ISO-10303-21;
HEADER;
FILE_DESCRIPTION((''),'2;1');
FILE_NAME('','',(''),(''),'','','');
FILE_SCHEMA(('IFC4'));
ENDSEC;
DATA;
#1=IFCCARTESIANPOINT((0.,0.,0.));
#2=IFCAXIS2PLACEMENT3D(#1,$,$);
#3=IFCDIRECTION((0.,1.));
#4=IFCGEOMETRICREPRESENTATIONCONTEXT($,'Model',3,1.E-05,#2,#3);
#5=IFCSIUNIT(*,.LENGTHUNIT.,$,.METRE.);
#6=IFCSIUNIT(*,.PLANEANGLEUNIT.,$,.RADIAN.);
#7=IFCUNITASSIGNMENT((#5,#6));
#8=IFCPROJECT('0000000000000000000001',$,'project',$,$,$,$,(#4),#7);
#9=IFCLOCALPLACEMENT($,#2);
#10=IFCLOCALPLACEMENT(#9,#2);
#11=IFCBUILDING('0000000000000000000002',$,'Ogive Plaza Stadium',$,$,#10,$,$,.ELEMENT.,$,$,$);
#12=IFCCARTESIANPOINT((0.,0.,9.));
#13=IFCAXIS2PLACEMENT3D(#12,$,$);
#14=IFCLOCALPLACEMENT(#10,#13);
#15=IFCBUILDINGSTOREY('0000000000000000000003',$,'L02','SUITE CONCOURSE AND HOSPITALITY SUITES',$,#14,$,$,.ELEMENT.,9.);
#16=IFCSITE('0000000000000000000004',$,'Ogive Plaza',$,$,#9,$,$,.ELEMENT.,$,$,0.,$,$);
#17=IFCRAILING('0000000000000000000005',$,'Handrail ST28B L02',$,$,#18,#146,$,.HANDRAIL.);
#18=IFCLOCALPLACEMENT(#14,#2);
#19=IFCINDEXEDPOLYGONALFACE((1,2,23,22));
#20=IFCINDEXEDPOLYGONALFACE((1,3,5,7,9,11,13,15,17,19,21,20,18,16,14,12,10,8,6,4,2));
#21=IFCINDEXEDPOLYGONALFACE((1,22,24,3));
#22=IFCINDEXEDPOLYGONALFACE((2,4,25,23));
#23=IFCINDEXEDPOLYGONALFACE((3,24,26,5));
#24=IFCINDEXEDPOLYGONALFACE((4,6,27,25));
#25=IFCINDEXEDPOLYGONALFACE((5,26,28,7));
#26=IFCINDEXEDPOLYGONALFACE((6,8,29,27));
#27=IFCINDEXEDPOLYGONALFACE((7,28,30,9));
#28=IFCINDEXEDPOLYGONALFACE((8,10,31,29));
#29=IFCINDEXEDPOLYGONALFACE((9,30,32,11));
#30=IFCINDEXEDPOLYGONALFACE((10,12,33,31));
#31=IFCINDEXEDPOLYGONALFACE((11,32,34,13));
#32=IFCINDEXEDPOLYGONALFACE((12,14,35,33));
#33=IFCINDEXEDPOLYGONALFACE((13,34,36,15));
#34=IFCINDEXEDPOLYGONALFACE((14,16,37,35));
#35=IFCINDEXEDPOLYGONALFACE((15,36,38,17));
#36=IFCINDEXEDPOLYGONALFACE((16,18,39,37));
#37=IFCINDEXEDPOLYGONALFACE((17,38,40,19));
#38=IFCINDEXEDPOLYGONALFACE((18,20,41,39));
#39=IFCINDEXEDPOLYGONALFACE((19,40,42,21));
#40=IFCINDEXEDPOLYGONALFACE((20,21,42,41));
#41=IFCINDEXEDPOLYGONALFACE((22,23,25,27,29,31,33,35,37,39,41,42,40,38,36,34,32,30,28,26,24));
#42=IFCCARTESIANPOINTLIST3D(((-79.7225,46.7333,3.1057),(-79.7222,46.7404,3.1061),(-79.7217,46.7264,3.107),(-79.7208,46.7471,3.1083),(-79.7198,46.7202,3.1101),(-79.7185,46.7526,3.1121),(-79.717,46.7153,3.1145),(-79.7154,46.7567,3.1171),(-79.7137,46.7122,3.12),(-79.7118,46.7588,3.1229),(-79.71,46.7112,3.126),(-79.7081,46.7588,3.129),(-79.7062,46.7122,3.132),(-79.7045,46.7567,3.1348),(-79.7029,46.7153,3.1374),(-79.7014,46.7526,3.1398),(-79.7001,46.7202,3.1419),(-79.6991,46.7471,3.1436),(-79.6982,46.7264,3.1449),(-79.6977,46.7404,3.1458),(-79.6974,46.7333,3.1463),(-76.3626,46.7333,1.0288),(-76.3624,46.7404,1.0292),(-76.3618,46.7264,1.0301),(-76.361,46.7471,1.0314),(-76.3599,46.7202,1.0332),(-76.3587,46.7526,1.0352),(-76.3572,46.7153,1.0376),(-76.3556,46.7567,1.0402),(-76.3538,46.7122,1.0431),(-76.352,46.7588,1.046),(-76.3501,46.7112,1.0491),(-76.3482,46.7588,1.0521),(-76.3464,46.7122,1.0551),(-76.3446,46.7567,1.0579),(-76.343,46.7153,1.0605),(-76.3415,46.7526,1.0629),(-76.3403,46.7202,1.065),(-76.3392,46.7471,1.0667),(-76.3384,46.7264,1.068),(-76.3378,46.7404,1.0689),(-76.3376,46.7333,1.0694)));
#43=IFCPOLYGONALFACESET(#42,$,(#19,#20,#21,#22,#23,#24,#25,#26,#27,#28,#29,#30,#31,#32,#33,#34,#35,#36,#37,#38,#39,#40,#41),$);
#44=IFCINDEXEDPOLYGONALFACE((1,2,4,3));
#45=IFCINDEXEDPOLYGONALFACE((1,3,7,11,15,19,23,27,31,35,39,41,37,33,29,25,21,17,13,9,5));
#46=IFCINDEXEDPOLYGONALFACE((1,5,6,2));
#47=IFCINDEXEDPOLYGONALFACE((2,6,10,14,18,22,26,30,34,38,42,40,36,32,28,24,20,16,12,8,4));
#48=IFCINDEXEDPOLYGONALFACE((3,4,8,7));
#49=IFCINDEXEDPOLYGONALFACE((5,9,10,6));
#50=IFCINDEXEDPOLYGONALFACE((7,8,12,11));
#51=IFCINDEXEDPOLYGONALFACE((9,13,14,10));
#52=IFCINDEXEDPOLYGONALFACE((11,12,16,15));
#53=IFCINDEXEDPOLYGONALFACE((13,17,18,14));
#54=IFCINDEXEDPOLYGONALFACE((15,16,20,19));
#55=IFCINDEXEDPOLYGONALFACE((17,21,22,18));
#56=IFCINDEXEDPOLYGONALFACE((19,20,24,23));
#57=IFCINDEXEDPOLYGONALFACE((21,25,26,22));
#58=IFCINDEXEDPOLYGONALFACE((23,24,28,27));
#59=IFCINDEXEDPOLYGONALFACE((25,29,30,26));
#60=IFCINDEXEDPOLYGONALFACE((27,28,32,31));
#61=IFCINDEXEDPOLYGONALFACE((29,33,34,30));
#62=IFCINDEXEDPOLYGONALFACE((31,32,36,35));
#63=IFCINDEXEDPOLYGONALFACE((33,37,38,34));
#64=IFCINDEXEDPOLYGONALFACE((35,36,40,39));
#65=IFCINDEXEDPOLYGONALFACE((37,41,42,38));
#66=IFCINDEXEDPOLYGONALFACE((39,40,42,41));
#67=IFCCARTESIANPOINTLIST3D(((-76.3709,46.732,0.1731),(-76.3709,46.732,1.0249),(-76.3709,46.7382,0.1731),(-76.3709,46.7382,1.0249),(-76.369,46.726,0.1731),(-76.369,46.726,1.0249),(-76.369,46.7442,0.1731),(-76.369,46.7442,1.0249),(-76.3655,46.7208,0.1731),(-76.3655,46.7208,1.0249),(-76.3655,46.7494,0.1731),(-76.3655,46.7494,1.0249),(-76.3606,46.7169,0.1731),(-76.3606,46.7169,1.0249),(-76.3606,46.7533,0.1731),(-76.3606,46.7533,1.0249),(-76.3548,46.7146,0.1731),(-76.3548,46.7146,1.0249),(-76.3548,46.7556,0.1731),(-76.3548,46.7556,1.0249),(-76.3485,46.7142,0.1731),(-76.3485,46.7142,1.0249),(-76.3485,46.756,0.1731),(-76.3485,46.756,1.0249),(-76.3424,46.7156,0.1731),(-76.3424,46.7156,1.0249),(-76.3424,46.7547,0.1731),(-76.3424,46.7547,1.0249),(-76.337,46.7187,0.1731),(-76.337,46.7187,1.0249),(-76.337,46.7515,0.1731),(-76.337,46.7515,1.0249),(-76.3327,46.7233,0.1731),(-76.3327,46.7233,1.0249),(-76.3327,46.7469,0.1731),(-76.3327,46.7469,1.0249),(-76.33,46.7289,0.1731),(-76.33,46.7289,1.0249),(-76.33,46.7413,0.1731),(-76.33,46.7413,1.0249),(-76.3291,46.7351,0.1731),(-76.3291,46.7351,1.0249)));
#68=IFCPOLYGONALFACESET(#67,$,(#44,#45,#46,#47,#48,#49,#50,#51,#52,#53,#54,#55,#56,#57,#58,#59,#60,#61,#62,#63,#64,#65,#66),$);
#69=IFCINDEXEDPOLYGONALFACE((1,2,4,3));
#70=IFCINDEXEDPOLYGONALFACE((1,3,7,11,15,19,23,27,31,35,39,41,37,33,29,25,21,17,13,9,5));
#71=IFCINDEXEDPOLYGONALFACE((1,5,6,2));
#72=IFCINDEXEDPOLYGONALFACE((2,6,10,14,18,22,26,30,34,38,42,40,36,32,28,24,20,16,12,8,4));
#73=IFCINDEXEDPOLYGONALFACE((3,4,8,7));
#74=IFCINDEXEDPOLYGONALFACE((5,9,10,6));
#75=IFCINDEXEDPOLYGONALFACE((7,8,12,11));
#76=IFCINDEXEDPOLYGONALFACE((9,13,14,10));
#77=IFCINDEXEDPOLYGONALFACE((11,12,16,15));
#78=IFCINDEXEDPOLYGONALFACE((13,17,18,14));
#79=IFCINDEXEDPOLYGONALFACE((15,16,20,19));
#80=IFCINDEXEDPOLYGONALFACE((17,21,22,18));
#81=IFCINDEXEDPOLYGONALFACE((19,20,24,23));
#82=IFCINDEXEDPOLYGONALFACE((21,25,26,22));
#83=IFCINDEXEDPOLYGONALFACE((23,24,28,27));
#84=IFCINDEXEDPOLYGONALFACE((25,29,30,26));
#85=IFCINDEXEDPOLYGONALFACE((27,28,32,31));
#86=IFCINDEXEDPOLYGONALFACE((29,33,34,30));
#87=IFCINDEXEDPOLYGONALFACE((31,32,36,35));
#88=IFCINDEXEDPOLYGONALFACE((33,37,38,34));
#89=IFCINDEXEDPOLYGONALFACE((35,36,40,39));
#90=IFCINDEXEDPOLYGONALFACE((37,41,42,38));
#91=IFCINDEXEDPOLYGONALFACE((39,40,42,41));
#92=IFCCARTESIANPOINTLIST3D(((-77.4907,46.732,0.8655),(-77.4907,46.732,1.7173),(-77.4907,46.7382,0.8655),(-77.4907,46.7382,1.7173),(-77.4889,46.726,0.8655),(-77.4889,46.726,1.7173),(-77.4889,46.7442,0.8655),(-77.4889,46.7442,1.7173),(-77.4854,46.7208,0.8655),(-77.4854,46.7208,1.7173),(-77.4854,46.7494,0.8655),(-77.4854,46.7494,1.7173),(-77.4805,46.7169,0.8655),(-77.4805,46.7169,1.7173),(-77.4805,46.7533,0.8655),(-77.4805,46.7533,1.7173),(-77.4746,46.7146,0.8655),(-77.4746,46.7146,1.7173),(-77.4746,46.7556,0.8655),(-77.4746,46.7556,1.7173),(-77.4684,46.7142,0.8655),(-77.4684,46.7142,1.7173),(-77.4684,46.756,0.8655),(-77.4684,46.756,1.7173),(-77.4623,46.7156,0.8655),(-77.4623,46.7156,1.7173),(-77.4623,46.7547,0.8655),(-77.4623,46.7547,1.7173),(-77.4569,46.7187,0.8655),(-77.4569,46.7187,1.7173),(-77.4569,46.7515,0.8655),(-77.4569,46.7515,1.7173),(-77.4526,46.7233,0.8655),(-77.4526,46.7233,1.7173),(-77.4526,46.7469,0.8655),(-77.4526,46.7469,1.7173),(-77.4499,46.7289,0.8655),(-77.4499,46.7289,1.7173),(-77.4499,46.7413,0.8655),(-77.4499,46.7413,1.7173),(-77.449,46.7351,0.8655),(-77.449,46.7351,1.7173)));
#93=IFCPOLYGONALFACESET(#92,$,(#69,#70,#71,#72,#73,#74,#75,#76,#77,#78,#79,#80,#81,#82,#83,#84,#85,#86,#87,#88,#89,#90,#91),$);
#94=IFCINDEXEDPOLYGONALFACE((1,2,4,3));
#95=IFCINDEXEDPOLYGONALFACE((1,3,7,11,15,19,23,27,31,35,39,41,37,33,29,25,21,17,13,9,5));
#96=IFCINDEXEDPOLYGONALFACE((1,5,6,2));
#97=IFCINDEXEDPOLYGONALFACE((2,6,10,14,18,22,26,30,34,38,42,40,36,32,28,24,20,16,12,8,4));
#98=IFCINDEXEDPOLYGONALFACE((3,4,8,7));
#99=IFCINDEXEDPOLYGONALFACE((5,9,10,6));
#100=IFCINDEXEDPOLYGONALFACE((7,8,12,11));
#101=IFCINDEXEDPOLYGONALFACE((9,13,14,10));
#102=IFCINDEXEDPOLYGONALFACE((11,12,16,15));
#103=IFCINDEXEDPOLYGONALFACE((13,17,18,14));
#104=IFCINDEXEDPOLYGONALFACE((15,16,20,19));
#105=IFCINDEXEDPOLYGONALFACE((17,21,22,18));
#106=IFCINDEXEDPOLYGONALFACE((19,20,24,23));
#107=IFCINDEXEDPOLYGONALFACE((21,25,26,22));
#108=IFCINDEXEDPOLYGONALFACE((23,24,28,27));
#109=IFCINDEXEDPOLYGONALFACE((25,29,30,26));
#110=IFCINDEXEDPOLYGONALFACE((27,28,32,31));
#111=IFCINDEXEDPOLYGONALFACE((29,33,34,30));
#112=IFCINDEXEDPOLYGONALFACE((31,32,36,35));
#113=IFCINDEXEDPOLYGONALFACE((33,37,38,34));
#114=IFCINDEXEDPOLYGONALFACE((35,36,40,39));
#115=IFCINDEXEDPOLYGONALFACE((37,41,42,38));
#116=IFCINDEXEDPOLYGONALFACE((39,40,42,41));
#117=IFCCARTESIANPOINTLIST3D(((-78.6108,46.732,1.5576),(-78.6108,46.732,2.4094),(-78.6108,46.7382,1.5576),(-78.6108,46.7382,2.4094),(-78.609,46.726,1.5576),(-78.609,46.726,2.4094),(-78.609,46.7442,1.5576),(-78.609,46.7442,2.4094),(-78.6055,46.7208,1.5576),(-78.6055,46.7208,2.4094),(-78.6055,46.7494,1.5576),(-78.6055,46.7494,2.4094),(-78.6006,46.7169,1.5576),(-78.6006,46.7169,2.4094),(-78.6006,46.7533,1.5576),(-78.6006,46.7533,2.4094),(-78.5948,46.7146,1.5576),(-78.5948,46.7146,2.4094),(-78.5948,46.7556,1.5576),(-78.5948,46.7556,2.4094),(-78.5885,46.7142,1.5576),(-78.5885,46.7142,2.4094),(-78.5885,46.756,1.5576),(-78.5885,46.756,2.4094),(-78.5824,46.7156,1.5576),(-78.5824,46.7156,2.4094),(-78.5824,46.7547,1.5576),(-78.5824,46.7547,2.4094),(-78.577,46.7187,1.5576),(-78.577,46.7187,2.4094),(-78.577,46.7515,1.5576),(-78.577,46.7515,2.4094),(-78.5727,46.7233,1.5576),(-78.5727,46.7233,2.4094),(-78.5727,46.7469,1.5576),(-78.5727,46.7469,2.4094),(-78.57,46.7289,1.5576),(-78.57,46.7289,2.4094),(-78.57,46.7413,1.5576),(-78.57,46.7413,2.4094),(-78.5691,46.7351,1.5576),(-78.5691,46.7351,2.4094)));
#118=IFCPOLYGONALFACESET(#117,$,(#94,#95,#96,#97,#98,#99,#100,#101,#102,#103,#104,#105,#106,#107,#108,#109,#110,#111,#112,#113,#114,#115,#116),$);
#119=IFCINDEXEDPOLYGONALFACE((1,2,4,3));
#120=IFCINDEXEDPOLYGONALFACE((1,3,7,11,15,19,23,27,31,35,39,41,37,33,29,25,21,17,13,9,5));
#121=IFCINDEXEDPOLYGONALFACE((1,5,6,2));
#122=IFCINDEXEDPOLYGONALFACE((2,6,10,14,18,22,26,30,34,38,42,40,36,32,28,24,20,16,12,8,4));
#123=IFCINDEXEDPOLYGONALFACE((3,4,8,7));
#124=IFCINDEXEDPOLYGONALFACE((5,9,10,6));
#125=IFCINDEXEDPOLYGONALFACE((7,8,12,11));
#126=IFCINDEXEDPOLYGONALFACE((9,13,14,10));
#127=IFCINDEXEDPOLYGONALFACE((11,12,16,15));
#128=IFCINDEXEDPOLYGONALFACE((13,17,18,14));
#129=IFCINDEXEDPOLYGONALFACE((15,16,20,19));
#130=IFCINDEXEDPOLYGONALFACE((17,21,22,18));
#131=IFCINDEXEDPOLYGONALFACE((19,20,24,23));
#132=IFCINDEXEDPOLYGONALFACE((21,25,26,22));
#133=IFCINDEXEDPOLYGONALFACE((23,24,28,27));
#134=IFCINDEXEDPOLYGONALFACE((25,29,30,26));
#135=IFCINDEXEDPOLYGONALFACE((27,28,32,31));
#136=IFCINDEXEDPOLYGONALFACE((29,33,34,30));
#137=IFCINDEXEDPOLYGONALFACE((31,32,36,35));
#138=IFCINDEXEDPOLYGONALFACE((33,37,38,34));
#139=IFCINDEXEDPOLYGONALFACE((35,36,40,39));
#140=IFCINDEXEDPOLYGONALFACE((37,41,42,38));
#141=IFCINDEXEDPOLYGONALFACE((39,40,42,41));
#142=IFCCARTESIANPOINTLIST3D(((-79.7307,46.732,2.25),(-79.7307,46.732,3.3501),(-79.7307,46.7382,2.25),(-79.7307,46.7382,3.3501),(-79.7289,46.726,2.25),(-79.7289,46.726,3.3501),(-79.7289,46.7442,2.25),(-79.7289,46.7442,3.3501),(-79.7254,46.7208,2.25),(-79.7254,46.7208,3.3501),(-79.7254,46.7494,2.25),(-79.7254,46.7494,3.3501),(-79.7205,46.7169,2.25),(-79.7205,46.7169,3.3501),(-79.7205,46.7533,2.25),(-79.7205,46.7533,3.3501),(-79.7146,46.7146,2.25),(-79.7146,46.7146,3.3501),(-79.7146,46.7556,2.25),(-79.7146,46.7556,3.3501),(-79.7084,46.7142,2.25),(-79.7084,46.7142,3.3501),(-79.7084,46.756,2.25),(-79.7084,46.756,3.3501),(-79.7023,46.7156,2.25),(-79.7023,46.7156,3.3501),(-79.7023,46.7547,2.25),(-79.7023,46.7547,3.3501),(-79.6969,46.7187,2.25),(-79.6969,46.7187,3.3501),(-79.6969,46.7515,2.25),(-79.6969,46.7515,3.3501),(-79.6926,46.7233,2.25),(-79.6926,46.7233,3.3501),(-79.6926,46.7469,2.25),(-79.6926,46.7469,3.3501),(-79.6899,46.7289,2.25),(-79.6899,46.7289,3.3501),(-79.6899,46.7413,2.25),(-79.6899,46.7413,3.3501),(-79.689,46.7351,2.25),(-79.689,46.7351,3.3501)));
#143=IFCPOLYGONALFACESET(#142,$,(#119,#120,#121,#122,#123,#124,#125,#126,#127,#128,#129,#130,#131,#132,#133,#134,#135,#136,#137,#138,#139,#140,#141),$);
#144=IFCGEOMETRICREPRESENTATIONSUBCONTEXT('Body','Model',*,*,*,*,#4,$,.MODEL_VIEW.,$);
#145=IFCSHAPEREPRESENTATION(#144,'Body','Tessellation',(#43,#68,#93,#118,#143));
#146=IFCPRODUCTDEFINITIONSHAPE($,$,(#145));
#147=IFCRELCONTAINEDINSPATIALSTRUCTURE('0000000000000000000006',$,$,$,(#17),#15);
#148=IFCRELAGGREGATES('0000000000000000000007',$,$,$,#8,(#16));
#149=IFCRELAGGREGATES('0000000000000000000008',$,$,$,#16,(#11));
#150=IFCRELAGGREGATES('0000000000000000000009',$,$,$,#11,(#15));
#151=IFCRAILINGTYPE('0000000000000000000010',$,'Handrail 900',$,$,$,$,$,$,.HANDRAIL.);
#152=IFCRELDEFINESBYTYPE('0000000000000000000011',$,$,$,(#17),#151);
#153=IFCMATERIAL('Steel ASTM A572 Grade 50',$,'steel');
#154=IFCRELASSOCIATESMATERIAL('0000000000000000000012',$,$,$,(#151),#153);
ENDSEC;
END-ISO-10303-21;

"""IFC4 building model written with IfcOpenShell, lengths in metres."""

from ifc_helpers import new_model, si_unit, direction, frame, origin, origin_2d, place, context, subcontext, project, spatial, circle, extrude, material, type_object, element, save


model = new_model("IFC4")

# Units and contexts
model_context = context("Model", 3, precision=1e-05, world=origin(), true_north=direction((0.0, 1.0)))
body_context = subcontext(model_context, "Body", "Model", "MODEL_VIEW")
ifc_project = project(units=[si_unit("LENGTHUNIT", "METRE"), si_unit("PLANEANGLEUNIT", "RADIAN")], contexts=[model_context])

# Site, building, storey
site_placement = place(None, origin())
site = spatial("IfcSite", under=ifc_project, at=site_placement, Name="Ogive Plaza", CompositionType="ELEMENT", RefElevation=0.0)
building_placement = place(site_placement, origin())
building = spatial("IfcBuilding", under=site, at=building_placement, Name="Ogive Plaza Stadium", CompositionType="ELEMENT")
storey_placement = place(building_placement, frame((0.0, 0.0, 9.0)))
storey = spatial("IfcBuildingStorey", under=building, at=storey_placement, Name="L02", Description="SUITE CONCOURSE AND HOSPITALITY SUITES", CompositionType="ELEMENT", Elevation=9.0)

# Railing
ifc_material_1 = material(Name="Steel ASTM A572 Grade 50", Category="steel")
railing_type_1 = type_object("IfcRailingType", Name="Handrail 900", PredefinedType="HANDRAIL", material=ifc_material_1)
for number, where, name in (
    (1, (-76.3501, 46.7351, 0.1731), "Handrail ST28B L02"),
):
    element("IfcRailing", number, at=place(storey_placement, frame(where)), inside=storey, type_object=railing_type_1, Name=name, PredefinedType="HANDRAIL", context=body_context, shape_type="SweptSolid", body=[
        extrude(circle(Radius=0.0239, at=origin_2d()), frame((0.0, 0.0, 0.876), z_axis=(-0.850606, 0.0, 0.525803), x_axis=(0.0, -1.0, 0.0)), (0.0, 0.0, 1.0), 3.95),
        extrude(circle(Radius=0.021, at=origin_2d()), origin(), (0.0, 0.0, 1.0), 0.8518),
        extrude(circle(Radius=0.021, at=origin_2d()), frame((-1.1199, 0.0, 0.6924)), (0.0, 0.0, 1.0), 0.8518),
        extrude(circle(Radius=0.021, at=origin_2d()), frame((-2.24, 0.0, 1.3845)), (0.0, 0.0, 1.0), 0.8518),
        extrude(circle(Radius=0.021, at=origin_2d()), frame((-3.3599, 0.0, 2.0769)), (0.0, 0.0, 1.0), 1.1001),
    ])

save(model, "model.ifc")
